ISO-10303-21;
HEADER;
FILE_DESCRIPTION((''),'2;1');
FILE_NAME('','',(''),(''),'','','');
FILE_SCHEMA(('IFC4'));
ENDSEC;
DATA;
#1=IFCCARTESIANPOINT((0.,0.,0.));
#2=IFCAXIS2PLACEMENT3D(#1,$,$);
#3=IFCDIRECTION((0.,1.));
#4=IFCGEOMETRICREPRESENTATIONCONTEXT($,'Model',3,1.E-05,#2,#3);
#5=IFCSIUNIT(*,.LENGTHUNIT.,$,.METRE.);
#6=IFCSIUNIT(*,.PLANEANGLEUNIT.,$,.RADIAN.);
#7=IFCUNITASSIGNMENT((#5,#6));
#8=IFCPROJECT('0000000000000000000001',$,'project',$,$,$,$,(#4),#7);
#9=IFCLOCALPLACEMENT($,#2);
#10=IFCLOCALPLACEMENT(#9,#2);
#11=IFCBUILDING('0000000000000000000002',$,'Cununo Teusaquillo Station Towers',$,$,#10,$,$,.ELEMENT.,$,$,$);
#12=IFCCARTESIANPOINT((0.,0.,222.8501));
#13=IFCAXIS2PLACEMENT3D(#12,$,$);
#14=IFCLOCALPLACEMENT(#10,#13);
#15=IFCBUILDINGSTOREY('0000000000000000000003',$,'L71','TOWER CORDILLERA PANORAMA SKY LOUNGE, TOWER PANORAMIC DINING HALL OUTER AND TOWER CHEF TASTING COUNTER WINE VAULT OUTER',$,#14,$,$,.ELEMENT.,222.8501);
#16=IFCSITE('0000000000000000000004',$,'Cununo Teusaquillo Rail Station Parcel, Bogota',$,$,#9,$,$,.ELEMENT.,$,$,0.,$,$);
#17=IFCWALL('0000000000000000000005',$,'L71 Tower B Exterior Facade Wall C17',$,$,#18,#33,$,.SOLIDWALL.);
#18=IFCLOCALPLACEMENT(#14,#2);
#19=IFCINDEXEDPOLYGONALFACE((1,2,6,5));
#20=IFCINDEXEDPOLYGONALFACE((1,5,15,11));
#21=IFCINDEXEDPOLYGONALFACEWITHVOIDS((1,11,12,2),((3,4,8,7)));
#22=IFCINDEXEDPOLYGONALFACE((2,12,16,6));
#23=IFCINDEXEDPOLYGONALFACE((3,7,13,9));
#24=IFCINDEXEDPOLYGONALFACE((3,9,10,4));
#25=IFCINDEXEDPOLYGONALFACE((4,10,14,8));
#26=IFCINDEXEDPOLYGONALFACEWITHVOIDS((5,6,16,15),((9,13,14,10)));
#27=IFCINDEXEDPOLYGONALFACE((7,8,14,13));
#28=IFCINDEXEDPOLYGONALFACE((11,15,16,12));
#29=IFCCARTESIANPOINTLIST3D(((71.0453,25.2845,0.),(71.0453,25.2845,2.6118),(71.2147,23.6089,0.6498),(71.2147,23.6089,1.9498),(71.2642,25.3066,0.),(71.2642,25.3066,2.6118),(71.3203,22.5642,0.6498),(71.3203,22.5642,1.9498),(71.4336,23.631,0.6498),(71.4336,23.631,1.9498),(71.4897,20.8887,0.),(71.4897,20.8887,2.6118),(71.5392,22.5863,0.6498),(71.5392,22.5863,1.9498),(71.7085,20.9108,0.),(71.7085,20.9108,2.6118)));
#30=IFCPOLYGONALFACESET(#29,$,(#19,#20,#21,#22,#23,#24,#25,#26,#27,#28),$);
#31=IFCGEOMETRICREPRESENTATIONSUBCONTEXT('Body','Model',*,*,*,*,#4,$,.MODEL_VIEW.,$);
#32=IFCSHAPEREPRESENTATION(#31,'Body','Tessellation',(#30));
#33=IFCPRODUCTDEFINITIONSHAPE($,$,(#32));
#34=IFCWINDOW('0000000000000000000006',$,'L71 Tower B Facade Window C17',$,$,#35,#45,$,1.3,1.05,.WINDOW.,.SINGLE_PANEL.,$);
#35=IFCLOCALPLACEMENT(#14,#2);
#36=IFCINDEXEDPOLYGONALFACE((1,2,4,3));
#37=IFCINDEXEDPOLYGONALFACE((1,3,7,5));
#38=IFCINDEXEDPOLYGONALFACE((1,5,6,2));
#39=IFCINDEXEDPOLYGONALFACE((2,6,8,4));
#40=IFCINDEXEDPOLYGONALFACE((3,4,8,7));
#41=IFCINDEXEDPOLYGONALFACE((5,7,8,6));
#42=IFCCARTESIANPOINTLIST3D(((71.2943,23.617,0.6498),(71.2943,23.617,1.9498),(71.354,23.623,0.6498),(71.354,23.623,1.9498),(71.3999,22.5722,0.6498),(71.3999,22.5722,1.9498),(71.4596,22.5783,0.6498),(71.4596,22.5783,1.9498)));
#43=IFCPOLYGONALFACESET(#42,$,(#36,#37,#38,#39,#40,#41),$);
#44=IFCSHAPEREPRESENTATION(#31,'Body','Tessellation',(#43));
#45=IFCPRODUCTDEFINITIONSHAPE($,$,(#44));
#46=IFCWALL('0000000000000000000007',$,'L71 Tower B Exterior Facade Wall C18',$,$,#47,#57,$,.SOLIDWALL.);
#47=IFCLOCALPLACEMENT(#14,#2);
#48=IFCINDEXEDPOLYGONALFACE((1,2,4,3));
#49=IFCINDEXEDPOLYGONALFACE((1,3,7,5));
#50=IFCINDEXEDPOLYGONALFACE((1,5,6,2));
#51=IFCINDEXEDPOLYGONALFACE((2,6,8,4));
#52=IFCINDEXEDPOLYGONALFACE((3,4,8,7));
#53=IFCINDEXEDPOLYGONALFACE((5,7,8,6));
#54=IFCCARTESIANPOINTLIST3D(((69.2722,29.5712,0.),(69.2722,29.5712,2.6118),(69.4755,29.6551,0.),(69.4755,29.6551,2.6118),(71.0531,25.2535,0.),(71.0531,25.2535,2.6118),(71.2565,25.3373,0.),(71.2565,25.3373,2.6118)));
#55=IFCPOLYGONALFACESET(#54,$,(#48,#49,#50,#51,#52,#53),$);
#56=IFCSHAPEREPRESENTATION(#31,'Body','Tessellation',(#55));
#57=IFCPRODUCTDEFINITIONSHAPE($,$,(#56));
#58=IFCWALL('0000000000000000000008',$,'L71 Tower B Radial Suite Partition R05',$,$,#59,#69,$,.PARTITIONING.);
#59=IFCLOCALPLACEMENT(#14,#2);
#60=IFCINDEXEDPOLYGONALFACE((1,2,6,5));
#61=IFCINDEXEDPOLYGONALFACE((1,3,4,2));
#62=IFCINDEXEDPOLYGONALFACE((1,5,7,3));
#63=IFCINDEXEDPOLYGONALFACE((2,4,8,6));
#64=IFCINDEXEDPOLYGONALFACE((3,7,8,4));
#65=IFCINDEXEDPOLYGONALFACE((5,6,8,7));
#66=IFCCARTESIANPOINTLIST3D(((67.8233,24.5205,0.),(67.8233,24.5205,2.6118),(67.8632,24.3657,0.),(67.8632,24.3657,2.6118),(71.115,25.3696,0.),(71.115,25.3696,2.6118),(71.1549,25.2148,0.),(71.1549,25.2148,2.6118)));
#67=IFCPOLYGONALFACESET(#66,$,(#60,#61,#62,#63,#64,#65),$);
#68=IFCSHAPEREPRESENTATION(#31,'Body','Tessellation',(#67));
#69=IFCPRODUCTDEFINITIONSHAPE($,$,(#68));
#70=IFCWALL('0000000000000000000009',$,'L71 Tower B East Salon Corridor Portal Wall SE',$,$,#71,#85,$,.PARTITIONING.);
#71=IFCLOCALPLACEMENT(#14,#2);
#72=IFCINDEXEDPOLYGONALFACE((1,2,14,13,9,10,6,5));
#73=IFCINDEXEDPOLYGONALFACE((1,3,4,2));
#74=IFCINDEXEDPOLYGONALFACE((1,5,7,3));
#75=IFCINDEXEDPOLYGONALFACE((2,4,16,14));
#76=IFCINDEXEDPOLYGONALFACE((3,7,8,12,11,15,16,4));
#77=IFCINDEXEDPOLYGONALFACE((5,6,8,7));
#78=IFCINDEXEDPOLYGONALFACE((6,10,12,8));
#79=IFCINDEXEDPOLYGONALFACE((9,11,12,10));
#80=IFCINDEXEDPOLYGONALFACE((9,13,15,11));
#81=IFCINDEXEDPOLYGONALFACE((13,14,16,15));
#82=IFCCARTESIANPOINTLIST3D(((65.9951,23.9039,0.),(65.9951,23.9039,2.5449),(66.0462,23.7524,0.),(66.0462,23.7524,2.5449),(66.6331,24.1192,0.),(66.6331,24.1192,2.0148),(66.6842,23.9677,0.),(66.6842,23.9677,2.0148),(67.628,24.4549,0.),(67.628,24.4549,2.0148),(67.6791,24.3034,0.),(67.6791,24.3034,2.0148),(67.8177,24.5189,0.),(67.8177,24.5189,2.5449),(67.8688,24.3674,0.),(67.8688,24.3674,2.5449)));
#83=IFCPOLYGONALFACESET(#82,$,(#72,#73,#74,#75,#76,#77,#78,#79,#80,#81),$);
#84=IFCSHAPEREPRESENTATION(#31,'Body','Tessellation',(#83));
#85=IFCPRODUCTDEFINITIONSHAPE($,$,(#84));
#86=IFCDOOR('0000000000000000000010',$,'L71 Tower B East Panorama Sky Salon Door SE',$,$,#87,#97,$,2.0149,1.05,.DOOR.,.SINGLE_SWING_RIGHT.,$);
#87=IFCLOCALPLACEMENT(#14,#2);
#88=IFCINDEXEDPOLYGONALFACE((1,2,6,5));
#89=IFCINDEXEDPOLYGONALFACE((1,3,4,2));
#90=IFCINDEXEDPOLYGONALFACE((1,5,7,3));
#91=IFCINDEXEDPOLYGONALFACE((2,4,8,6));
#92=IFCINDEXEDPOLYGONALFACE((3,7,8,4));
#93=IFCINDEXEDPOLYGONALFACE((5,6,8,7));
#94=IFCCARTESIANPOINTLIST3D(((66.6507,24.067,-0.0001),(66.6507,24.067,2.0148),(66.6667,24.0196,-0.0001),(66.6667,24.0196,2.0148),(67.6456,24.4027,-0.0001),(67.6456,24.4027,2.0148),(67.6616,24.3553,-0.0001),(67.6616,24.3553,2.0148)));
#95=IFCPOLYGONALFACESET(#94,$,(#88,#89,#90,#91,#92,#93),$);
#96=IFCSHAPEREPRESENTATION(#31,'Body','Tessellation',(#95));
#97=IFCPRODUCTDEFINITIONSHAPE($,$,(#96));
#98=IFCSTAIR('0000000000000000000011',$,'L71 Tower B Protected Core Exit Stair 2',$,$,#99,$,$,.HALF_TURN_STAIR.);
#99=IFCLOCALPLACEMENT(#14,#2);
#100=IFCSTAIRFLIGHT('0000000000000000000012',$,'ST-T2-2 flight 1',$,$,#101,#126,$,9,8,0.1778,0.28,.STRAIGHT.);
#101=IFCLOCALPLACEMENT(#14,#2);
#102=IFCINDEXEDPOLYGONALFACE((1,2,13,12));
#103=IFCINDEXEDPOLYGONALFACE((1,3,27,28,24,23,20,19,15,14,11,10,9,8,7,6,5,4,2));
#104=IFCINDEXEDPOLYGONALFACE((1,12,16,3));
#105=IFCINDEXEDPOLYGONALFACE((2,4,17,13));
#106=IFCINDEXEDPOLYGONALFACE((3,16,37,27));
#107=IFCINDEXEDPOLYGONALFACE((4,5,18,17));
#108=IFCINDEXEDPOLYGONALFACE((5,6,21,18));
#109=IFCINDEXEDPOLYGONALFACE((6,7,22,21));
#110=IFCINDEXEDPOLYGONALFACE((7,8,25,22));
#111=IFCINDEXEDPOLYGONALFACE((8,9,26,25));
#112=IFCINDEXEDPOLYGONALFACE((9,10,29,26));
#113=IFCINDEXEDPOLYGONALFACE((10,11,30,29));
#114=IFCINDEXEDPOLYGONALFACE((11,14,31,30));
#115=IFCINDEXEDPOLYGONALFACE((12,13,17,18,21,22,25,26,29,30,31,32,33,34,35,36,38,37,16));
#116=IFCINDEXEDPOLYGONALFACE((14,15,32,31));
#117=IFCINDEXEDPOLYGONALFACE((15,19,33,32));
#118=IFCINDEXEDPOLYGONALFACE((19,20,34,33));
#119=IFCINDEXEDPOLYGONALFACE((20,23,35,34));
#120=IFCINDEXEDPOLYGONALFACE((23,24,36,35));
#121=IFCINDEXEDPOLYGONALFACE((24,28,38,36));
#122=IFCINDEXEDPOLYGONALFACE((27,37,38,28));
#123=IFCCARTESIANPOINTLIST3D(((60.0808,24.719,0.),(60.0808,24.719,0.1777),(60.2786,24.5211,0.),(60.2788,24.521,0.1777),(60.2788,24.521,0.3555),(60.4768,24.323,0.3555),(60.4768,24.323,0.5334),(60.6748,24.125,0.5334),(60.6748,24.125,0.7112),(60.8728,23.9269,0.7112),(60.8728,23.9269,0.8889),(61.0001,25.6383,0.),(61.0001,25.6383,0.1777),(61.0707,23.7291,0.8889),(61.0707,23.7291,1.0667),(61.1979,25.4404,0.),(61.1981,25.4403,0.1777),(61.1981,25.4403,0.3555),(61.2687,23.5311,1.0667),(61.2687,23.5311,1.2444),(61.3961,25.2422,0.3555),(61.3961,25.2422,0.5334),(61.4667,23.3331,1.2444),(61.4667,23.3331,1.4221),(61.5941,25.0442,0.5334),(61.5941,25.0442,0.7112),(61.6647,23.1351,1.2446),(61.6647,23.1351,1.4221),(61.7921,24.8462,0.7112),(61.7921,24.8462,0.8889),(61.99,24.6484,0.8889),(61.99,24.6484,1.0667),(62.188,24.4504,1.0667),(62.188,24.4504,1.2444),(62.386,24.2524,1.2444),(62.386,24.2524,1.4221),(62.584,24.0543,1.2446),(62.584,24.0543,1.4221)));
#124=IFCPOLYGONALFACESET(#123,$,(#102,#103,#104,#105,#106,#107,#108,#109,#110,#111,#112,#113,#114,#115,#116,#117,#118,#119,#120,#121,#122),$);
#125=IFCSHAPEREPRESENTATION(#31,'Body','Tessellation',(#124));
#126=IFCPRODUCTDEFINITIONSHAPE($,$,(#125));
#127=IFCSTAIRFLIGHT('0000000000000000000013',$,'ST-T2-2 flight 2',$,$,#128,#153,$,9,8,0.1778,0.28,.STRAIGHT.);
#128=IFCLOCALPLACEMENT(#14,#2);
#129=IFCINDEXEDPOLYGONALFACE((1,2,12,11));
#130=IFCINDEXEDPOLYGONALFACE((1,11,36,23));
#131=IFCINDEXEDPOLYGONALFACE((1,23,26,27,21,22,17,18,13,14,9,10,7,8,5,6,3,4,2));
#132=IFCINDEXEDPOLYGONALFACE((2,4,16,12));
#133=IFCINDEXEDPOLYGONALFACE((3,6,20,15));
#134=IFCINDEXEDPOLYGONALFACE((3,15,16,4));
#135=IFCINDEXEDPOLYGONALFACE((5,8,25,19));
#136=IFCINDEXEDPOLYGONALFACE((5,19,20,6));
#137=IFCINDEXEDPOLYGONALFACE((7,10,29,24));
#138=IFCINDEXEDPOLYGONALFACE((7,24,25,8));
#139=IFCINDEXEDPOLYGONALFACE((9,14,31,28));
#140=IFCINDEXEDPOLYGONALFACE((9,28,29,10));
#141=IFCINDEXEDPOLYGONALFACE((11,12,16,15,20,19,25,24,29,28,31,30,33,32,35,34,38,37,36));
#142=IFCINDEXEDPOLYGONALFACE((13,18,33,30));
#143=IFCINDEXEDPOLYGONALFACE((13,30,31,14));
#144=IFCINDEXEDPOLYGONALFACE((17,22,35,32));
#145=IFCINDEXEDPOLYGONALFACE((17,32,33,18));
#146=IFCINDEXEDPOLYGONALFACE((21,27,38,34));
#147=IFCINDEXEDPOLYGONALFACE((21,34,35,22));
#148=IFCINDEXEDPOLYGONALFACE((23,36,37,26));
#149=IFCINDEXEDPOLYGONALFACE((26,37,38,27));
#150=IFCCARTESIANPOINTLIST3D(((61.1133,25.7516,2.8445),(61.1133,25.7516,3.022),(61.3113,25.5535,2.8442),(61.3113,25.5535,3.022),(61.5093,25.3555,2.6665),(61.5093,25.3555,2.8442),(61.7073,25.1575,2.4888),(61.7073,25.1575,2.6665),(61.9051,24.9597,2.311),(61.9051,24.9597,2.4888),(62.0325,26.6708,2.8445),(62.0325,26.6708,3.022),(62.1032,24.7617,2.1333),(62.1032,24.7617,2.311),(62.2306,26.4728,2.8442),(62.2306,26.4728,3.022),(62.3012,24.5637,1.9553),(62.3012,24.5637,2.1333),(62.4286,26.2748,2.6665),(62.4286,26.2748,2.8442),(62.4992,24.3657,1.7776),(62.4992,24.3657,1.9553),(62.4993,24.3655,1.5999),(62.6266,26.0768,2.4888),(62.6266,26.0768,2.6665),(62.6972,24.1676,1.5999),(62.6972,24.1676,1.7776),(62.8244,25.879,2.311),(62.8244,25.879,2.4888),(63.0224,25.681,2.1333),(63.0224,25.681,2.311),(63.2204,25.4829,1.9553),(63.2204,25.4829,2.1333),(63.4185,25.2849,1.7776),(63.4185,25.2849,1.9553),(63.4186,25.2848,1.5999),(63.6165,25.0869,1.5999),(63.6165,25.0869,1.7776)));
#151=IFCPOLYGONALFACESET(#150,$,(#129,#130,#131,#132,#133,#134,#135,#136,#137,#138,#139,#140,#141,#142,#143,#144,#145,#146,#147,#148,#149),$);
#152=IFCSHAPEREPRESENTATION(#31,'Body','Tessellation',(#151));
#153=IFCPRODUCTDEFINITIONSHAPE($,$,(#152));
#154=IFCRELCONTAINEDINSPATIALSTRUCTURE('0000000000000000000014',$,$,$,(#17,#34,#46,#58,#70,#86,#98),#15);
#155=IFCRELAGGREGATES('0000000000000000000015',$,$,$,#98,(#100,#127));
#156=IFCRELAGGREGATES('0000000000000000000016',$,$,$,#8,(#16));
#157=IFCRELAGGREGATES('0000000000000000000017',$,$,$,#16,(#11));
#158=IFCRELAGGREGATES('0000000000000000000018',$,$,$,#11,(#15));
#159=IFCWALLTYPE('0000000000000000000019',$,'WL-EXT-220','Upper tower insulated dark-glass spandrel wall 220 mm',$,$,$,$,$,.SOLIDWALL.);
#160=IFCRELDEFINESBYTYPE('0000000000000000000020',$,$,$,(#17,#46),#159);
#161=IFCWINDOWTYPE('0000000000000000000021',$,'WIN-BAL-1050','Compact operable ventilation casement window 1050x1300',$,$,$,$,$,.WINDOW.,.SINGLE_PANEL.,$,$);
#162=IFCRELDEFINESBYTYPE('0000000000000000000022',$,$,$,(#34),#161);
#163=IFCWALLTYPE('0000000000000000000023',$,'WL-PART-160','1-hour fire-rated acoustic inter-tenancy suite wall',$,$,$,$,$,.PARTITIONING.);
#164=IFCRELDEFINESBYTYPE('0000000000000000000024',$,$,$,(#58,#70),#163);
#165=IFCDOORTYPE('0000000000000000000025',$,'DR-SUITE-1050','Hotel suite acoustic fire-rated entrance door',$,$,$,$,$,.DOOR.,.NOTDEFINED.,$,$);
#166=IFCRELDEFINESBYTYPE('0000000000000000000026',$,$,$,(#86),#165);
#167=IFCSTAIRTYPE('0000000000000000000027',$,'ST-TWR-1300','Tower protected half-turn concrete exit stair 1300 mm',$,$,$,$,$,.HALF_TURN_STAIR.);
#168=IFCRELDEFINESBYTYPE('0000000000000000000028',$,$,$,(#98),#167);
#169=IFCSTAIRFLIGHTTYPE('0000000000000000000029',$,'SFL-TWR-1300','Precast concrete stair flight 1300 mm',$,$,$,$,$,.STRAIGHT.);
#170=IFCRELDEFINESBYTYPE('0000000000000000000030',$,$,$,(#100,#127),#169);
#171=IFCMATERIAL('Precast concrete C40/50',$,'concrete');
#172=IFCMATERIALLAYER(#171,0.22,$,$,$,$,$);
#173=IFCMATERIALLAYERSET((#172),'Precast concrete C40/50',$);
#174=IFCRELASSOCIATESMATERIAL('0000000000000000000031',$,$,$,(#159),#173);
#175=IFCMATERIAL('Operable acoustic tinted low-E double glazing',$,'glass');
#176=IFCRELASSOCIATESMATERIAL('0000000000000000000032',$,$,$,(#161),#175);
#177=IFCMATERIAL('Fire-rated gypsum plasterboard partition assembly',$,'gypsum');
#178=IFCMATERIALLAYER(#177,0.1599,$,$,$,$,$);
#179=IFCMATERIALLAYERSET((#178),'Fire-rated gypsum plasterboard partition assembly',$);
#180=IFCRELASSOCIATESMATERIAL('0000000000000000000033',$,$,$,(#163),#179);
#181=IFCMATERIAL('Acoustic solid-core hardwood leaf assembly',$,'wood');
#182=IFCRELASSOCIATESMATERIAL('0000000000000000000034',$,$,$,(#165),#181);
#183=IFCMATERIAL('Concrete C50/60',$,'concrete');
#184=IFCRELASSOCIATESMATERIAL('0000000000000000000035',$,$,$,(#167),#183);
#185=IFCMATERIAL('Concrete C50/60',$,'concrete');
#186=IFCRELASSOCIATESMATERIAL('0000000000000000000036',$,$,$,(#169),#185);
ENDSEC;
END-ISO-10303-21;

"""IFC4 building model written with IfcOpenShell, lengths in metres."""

from ifc_helpers import new_model, si_unit, direction, frame, frame_2d, origin, place, context, subcontext, project, spatial, polyline, rectangle, outline, extrude, source, transform, mapped, material, layer, layer_set, type_object, element, fill, aggregate, save


model = new_model("IFC4")

# Units and contexts
model_context = context("Model", 3, precision=1e-05, world=origin(), true_north=direction((0.0, 1.0)))
body_context = subcontext(model_context, "Body", "Model", "MODEL_VIEW")
ifc_project = project(units=[si_unit("LENGTHUNIT", "METRE"), si_unit("PLANEANGLEUNIT", "RADIAN")], contexts=[model_context])

# Site, building, storey
site_placement = place(None, origin())
site = spatial("IfcSite", under=ifc_project, at=site_placement, Name="Cununo Teusaquillo Rail Station Parcel, Bogota", CompositionType="ELEMENT", RefElevation=0.0)
building_placement = place(site_placement, origin())
building = spatial("IfcBuilding", under=site, at=building_placement, Name="Cununo Teusaquillo Station Towers", CompositionType="ELEMENT")
storey_placement = place(building_placement, frame((0.0, 0.0, 222.8501)))
storey = spatial("IfcBuildingStorey", under=building, at=storey_placement, Name="L71", Description="TOWER CORDILLERA PANORAMA SKY LOUNGE, TOWER PANORAMIC DINING HALL OUTER AND TOWER CHEF TASTING COUNTER WINE VAULT OUTER", CompositionType="ELEMENT", Elevation=222.8501)

# Wall, opening, window
ifc_material_1 = material(Name="Precast concrete C40/50", Category="concrete")
ifc_layer_1 = layer(ifc_material_1, 0.22)
ifc_layer_set_1 = layer_set([ifc_layer_1], Name="Precast concrete C40/50")
wall_type_1 = type_object("IfcWallType", Name="WL-EXT-220", Description="Upper tower insulated dark-glass spandrel wall 220 mm", PredefinedType="SOLIDWALL", material=ifc_layer_set_1)
wall_1_placement = place(storey_placement, frame((71.1548, 25.2954, 0.0), z_axis=(0.0, 0.0, 1.0), x_axis=(0.100571, -0.99493, 0.0)))
wall_1 = element("IfcWall", 1, at=wall_1_placement, inside=storey, type_object=wall_type_1, Name="L71 Tower B Exterior Facade Wall C17", PredefinedType="SOLIDWALL", context=body_context, shape_type="SweptSolid", body=[
    extrude(rectangle(XDim=4.4182, YDim=0.22, at=frame_2d((2.209, 0.0))), origin(), (0.0, 0.0, 1.0), 2.6118),
])
shared_shape_1 = source(origin(), body_context, "Body", "SweptSolid", [
    extrude(rectangle(XDim=1.05, YDim=1.3, at=frame_2d((0.5249, 0.6499))), frame((0.0, 0.1199, 0.0), z_axis=(0.0, -1.0, 0.0), x_axis=(1.0, 0.0, 0.0)), (0.0, 0.0, 1.0), 0.24),
])
opening_1_placement = place(wall_1_placement, frame((1.6841, 0.0, 0.6499)))
opening_1 = element("IfcOpeningElement", 2, at=opening_1_placement, cuts=wall_1, PredefinedType="OPENING", context=body_context, shape_type="MappedRepresentation", body=[
    mapped(shared_shape_1, transform((0.0, 0.0, 0.0), x_axis=(1.0, 0.0, 0.0), y_axis=(0.0, 1.0, 0.0), z_axis=(0.0, 0.0, 1.0), scale=1.0)),
])
ifc_material_2 = material(Name="Operable acoustic tinted low-E double glazing", Category="glass")
window_type = type_object("IfcWindowType", Name="WIN-BAL-1050", Description="Compact operable ventilation casement window 1050x1300", PartitioningType="SINGLE_PANEL", PredefinedType="WINDOW", material=ifc_material_2)
shared_shape_2 = source(origin(), body_context, "Body", "SweptSolid", [
    extrude(rectangle(XDim=1.05, YDim=1.3, at=frame_2d((0.5249, 0.6499))), frame((0.0, 0.03, 0.0), z_axis=(0.0, -1.0, 0.0), x_axis=(1.0, 0.0, 0.0)), (0.0, 0.0, 1.0), 0.0601),
])
window_placement = place(opening_1_placement, origin())
window = element("IfcWindow", 3, at=window_placement, inside=storey, type_object=window_type, Name="L71 Tower B Facade Window C17", OverallHeight=1.3, OverallWidth=1.05, PartitioningType="SINGLE_PANEL", PredefinedType="WINDOW", context=body_context, shape_type="MappedRepresentation", body=[
    mapped(shared_shape_2, transform((0.0, 0.0, 0.0), x_axis=(1.0, 0.0, 0.0), y_axis=(0.0, 1.0, 0.0), z_axis=(0.0, 0.0, 1.0), scale=1.0)),
])
fill(opening_1, window)

# Walls
wall_2_placement = place(storey_placement, frame((69.3738, 29.6133, 0.0), z_axis=(0.0, 0.0, 1.0), x_axis=(0.38131, -0.924447, 0.0)))
element("IfcWall", 4, at=wall_2_placement, inside=storey, type_object=wall_type_1, Name="L71 Tower B Exterior Facade Wall C18", PredefinedType="SOLIDWALL", context=body_context, shape_type="SweptSolid", body=[
    extrude(rectangle(XDim=4.6707, YDim=0.22, at=frame_2d((2.3354, 0.0))), origin(), (0.0, 0.0, 1.0), 2.6118),
])
ifc_material_3 = material(Name="Fire-rated gypsum plasterboard partition assembly", Category="gypsum")
ifc_layer_2 = layer(ifc_material_3, 0.1599)
ifc_layer_set_2 = layer_set([ifc_layer_2], Name="Fire-rated gypsum plasterboard partition assembly")
wall_type_2 = type_object("IfcWallType", Name="WL-PART-160", Description="1-hour fire-rated acoustic inter-tenancy suite wall", PredefinedType="PARTITIONING", material=ifc_layer_set_2)
wall_3_placement = place(storey_placement, frame((67.8433, 24.4431, 0.0), z_axis=(0.0, 0.0, 1.0), x_axis=(0.968303, 0.249778, 0.0)))
element("IfcWall", 5, at=wall_3_placement, inside=storey, type_object=wall_type_2, Name="L71 Tower B Radial Suite Partition R05", PredefinedType="PARTITIONING", context=body_context, shape_type="SweptSolid", body=[
    extrude(rectangle(XDim=3.3994, YDim=0.1599, at=frame_2d((1.6997, 0.0))), origin(), (0.0, 0.0, 1.0), 2.6118),
])

# Wall, opening, door
wall_4_placement = place(storey_placement, frame((66.0205, 23.8281, 0.0), z_axis=(0.0, 0.0, 1.0), x_axis=(0.947522, 0.31969, 0.0)))
wall_4 = element("IfcWall", 6, at=wall_4_placement, inside=storey, type_object=wall_type_2, Name="L71 Tower B East Salon Corridor Portal Wall SE", PredefinedType="PARTITIONING", context=body_context, shape_type="SweptSolid", body=[
    extrude(rectangle(XDim=1.9236, YDim=0.1599, at=frame_2d((0.9619, 0.0))), origin(), (0.0, 0.0, 1.0), 2.5449),
])
shared_shape_3 = source(origin(), body_context, "Body", "SweptSolid", [
    extrude(rectangle(XDim=1.05, YDim=2.0149, at=frame_2d((0.5249, 1.0073))), frame((0.0, 0.0898, 0.0), z_axis=(0.0, -1.0, 0.0), x_axis=(1.0, 0.0, 0.0)), (0.0, 0.0, 1.0), 0.1799),
])
opening_2_placement = place(wall_4_placement, frame((0.6736, 0.0, 0.0)))
opening_2 = element("IfcOpeningElement", 7, at=opening_2_placement, cuts=wall_4, PredefinedType="OPENING", context=body_context, shape_type="MappedRepresentation", body=[
    mapped(shared_shape_3, transform((0.0, 0.0, 0.0), x_axis=(1.0, 0.0, 0.0), y_axis=(0.0, 1.0, 0.0), z_axis=(0.0, 0.0, 1.0), scale=1.0)),
])
ifc_material_4 = material(Name="Acoustic solid-core hardwood leaf assembly", Category="wood")
door_type = type_object("IfcDoorType", Name="DR-SUITE-1050", Description="Hotel suite acoustic fire-rated entrance door", OperationType="NOTDEFINED", PredefinedType="DOOR", material=ifc_material_4)
shared_shape_4 = source(origin(), body_context, "Body", "SweptSolid", [
    extrude(rectangle(XDim=1.05, YDim=2.0149, at=frame_2d((0.5249, 1.0073))), frame((0.0, 0.0249, 0.0), z_axis=(0.0, -1.0, 0.0), x_axis=(1.0, 0.0, 0.0)), (0.0, 0.0, 1.0), 0.05),
])
door_placement = place(opening_2_placement, origin())
door = element("IfcDoor", 8, at=door_placement, inside=storey, type_object=door_type, Name="L71 Tower B East Panorama Sky Salon Door SE", OperationType="SINGLE_SWING_RIGHT", OverallHeight=2.0149, OverallWidth=1.05, PredefinedType="DOOR", context=body_context, shape_type="MappedRepresentation", body=[
    mapped(shared_shape_4, transform((0.0, 0.0, 0.0), x_axis=(1.0, 0.0, 0.0), y_axis=(0.0, 1.0, 0.0), z_axis=(0.0, 0.0, 1.0), scale=1.0)),
])
fill(opening_2, door)

# Stair, stair flights
ifc_material_5 = material(Name="Concrete C50/60", Category="concrete")
stair_type = type_object("IfcStairType", Name="ST-TWR-1300", Description="Tower protected half-turn concrete exit stair 1300 mm", PredefinedType="HALF_TURN_STAIR", material=ifc_material_5)
stair_placement = place(storey_placement, origin())
stair = element("IfcStair", 9, at=stair_placement, inside=storey, type_object=stair_type, Name="L71 Tower B Protected Core Exit Stair 2", PredefinedType="HALF_TURN_STAIR")
ifc_material_6 = material(Name="Concrete C50/60", Category="concrete")
stair_flight_type = type_object("IfcStairFlightType", Name="SFL-TWR-1300", Description="Precast concrete stair flight 1300 mm", PredefinedType="STRAIGHT", material=ifc_material_6)
stair_flight_1_placement = place(storey_placement, frame((60.5405, 25.1787, 0.0), z_axis=(0.0, 0.0, 1.0), x_axis=(0.707107, -0.707107, 0.0)))
stair_flight_1 = element("IfcStairFlight", 10, at=stair_flight_1_placement, type_object=stair_flight_type, Name="ST-T2-2 flight 1", NumberOfRisers=9, NumberOfTreads=8, PredefinedType="STRAIGHT", RiserHeight=0.1778, TreadLength=0.28, context=body_context, shape_type="SweptSolid", body=[
    extrude(outline(polyline([(0.0, 0.0), (0.0, 0.1777), (0.28, 0.1777), (0.28, 0.3555), (0.5601, 0.3555), (0.5601, 0.5334), (0.8401, 0.5334), (0.8401, 0.7112), (1.1201, 0.7112), (1.1201, 0.8889), (1.3999, 0.8889), (1.3999, 1.0667), (1.6799, 1.0667), (1.6799, 1.2444), (1.96, 1.2444), (1.96, 1.4221), (2.24, 1.4221), (2.24, 1.6001), (2.24, 1.2446), (0.2798, 0.0), (0.0, 0.0)])), frame((0.0, 0.6499, 0.0), z_axis=(0.0, -1.0, 0.0), x_axis=(1.0, 0.0, 0.0)), (0.0, 0.0, 1.0), 1.3),
])
stair_flight_2_placement = place(storey_placement, frame((63.1567, 24.6272, 1.5999), z_axis=(0.0, 0.0, 1.0), x_axis=(-0.707107, 0.707107, 0.0)))
stair_flight_2 = element("IfcStairFlight", 11, at=stair_flight_2_placement, type_object=stair_flight_type, Name="ST-T2-2 flight 2", NumberOfRisers=9, NumberOfTreads=8, PredefinedType="STRAIGHT", RiserHeight=0.1778, TreadLength=0.28, context=body_context, shape_type="SweptSolid", body=[
    extrude(outline(polyline([(0.0, 0.0), (0.0, 0.1777), (0.28, 0.1777), (0.28, 0.3555), (0.5601, 0.3555), (0.5601, 0.5334), (0.8401, 0.5334), (0.8401, 0.7112), (1.1201, 0.7112), (1.1201, 0.8889), (1.3999, 0.8889), (1.3999, 1.0667), (1.6799, 1.0667), (1.6799, 1.2444), (1.96, 1.2444), (1.96, 1.4221), (2.24, 1.4221), (2.24, 1.6001), (2.24, 1.2446), (0.2798, 0.0), (0.0, 0.0)])), frame((0.0, 0.6499, 0.0), z_axis=(0.0, -1.0, 0.0), x_axis=(1.0, 0.0, 0.0)), (0.0, 0.0, 1.0), 1.3),
])
aggregate(stair, [stair_flight_1, stair_flight_2])

save(model, "model.ifc")
